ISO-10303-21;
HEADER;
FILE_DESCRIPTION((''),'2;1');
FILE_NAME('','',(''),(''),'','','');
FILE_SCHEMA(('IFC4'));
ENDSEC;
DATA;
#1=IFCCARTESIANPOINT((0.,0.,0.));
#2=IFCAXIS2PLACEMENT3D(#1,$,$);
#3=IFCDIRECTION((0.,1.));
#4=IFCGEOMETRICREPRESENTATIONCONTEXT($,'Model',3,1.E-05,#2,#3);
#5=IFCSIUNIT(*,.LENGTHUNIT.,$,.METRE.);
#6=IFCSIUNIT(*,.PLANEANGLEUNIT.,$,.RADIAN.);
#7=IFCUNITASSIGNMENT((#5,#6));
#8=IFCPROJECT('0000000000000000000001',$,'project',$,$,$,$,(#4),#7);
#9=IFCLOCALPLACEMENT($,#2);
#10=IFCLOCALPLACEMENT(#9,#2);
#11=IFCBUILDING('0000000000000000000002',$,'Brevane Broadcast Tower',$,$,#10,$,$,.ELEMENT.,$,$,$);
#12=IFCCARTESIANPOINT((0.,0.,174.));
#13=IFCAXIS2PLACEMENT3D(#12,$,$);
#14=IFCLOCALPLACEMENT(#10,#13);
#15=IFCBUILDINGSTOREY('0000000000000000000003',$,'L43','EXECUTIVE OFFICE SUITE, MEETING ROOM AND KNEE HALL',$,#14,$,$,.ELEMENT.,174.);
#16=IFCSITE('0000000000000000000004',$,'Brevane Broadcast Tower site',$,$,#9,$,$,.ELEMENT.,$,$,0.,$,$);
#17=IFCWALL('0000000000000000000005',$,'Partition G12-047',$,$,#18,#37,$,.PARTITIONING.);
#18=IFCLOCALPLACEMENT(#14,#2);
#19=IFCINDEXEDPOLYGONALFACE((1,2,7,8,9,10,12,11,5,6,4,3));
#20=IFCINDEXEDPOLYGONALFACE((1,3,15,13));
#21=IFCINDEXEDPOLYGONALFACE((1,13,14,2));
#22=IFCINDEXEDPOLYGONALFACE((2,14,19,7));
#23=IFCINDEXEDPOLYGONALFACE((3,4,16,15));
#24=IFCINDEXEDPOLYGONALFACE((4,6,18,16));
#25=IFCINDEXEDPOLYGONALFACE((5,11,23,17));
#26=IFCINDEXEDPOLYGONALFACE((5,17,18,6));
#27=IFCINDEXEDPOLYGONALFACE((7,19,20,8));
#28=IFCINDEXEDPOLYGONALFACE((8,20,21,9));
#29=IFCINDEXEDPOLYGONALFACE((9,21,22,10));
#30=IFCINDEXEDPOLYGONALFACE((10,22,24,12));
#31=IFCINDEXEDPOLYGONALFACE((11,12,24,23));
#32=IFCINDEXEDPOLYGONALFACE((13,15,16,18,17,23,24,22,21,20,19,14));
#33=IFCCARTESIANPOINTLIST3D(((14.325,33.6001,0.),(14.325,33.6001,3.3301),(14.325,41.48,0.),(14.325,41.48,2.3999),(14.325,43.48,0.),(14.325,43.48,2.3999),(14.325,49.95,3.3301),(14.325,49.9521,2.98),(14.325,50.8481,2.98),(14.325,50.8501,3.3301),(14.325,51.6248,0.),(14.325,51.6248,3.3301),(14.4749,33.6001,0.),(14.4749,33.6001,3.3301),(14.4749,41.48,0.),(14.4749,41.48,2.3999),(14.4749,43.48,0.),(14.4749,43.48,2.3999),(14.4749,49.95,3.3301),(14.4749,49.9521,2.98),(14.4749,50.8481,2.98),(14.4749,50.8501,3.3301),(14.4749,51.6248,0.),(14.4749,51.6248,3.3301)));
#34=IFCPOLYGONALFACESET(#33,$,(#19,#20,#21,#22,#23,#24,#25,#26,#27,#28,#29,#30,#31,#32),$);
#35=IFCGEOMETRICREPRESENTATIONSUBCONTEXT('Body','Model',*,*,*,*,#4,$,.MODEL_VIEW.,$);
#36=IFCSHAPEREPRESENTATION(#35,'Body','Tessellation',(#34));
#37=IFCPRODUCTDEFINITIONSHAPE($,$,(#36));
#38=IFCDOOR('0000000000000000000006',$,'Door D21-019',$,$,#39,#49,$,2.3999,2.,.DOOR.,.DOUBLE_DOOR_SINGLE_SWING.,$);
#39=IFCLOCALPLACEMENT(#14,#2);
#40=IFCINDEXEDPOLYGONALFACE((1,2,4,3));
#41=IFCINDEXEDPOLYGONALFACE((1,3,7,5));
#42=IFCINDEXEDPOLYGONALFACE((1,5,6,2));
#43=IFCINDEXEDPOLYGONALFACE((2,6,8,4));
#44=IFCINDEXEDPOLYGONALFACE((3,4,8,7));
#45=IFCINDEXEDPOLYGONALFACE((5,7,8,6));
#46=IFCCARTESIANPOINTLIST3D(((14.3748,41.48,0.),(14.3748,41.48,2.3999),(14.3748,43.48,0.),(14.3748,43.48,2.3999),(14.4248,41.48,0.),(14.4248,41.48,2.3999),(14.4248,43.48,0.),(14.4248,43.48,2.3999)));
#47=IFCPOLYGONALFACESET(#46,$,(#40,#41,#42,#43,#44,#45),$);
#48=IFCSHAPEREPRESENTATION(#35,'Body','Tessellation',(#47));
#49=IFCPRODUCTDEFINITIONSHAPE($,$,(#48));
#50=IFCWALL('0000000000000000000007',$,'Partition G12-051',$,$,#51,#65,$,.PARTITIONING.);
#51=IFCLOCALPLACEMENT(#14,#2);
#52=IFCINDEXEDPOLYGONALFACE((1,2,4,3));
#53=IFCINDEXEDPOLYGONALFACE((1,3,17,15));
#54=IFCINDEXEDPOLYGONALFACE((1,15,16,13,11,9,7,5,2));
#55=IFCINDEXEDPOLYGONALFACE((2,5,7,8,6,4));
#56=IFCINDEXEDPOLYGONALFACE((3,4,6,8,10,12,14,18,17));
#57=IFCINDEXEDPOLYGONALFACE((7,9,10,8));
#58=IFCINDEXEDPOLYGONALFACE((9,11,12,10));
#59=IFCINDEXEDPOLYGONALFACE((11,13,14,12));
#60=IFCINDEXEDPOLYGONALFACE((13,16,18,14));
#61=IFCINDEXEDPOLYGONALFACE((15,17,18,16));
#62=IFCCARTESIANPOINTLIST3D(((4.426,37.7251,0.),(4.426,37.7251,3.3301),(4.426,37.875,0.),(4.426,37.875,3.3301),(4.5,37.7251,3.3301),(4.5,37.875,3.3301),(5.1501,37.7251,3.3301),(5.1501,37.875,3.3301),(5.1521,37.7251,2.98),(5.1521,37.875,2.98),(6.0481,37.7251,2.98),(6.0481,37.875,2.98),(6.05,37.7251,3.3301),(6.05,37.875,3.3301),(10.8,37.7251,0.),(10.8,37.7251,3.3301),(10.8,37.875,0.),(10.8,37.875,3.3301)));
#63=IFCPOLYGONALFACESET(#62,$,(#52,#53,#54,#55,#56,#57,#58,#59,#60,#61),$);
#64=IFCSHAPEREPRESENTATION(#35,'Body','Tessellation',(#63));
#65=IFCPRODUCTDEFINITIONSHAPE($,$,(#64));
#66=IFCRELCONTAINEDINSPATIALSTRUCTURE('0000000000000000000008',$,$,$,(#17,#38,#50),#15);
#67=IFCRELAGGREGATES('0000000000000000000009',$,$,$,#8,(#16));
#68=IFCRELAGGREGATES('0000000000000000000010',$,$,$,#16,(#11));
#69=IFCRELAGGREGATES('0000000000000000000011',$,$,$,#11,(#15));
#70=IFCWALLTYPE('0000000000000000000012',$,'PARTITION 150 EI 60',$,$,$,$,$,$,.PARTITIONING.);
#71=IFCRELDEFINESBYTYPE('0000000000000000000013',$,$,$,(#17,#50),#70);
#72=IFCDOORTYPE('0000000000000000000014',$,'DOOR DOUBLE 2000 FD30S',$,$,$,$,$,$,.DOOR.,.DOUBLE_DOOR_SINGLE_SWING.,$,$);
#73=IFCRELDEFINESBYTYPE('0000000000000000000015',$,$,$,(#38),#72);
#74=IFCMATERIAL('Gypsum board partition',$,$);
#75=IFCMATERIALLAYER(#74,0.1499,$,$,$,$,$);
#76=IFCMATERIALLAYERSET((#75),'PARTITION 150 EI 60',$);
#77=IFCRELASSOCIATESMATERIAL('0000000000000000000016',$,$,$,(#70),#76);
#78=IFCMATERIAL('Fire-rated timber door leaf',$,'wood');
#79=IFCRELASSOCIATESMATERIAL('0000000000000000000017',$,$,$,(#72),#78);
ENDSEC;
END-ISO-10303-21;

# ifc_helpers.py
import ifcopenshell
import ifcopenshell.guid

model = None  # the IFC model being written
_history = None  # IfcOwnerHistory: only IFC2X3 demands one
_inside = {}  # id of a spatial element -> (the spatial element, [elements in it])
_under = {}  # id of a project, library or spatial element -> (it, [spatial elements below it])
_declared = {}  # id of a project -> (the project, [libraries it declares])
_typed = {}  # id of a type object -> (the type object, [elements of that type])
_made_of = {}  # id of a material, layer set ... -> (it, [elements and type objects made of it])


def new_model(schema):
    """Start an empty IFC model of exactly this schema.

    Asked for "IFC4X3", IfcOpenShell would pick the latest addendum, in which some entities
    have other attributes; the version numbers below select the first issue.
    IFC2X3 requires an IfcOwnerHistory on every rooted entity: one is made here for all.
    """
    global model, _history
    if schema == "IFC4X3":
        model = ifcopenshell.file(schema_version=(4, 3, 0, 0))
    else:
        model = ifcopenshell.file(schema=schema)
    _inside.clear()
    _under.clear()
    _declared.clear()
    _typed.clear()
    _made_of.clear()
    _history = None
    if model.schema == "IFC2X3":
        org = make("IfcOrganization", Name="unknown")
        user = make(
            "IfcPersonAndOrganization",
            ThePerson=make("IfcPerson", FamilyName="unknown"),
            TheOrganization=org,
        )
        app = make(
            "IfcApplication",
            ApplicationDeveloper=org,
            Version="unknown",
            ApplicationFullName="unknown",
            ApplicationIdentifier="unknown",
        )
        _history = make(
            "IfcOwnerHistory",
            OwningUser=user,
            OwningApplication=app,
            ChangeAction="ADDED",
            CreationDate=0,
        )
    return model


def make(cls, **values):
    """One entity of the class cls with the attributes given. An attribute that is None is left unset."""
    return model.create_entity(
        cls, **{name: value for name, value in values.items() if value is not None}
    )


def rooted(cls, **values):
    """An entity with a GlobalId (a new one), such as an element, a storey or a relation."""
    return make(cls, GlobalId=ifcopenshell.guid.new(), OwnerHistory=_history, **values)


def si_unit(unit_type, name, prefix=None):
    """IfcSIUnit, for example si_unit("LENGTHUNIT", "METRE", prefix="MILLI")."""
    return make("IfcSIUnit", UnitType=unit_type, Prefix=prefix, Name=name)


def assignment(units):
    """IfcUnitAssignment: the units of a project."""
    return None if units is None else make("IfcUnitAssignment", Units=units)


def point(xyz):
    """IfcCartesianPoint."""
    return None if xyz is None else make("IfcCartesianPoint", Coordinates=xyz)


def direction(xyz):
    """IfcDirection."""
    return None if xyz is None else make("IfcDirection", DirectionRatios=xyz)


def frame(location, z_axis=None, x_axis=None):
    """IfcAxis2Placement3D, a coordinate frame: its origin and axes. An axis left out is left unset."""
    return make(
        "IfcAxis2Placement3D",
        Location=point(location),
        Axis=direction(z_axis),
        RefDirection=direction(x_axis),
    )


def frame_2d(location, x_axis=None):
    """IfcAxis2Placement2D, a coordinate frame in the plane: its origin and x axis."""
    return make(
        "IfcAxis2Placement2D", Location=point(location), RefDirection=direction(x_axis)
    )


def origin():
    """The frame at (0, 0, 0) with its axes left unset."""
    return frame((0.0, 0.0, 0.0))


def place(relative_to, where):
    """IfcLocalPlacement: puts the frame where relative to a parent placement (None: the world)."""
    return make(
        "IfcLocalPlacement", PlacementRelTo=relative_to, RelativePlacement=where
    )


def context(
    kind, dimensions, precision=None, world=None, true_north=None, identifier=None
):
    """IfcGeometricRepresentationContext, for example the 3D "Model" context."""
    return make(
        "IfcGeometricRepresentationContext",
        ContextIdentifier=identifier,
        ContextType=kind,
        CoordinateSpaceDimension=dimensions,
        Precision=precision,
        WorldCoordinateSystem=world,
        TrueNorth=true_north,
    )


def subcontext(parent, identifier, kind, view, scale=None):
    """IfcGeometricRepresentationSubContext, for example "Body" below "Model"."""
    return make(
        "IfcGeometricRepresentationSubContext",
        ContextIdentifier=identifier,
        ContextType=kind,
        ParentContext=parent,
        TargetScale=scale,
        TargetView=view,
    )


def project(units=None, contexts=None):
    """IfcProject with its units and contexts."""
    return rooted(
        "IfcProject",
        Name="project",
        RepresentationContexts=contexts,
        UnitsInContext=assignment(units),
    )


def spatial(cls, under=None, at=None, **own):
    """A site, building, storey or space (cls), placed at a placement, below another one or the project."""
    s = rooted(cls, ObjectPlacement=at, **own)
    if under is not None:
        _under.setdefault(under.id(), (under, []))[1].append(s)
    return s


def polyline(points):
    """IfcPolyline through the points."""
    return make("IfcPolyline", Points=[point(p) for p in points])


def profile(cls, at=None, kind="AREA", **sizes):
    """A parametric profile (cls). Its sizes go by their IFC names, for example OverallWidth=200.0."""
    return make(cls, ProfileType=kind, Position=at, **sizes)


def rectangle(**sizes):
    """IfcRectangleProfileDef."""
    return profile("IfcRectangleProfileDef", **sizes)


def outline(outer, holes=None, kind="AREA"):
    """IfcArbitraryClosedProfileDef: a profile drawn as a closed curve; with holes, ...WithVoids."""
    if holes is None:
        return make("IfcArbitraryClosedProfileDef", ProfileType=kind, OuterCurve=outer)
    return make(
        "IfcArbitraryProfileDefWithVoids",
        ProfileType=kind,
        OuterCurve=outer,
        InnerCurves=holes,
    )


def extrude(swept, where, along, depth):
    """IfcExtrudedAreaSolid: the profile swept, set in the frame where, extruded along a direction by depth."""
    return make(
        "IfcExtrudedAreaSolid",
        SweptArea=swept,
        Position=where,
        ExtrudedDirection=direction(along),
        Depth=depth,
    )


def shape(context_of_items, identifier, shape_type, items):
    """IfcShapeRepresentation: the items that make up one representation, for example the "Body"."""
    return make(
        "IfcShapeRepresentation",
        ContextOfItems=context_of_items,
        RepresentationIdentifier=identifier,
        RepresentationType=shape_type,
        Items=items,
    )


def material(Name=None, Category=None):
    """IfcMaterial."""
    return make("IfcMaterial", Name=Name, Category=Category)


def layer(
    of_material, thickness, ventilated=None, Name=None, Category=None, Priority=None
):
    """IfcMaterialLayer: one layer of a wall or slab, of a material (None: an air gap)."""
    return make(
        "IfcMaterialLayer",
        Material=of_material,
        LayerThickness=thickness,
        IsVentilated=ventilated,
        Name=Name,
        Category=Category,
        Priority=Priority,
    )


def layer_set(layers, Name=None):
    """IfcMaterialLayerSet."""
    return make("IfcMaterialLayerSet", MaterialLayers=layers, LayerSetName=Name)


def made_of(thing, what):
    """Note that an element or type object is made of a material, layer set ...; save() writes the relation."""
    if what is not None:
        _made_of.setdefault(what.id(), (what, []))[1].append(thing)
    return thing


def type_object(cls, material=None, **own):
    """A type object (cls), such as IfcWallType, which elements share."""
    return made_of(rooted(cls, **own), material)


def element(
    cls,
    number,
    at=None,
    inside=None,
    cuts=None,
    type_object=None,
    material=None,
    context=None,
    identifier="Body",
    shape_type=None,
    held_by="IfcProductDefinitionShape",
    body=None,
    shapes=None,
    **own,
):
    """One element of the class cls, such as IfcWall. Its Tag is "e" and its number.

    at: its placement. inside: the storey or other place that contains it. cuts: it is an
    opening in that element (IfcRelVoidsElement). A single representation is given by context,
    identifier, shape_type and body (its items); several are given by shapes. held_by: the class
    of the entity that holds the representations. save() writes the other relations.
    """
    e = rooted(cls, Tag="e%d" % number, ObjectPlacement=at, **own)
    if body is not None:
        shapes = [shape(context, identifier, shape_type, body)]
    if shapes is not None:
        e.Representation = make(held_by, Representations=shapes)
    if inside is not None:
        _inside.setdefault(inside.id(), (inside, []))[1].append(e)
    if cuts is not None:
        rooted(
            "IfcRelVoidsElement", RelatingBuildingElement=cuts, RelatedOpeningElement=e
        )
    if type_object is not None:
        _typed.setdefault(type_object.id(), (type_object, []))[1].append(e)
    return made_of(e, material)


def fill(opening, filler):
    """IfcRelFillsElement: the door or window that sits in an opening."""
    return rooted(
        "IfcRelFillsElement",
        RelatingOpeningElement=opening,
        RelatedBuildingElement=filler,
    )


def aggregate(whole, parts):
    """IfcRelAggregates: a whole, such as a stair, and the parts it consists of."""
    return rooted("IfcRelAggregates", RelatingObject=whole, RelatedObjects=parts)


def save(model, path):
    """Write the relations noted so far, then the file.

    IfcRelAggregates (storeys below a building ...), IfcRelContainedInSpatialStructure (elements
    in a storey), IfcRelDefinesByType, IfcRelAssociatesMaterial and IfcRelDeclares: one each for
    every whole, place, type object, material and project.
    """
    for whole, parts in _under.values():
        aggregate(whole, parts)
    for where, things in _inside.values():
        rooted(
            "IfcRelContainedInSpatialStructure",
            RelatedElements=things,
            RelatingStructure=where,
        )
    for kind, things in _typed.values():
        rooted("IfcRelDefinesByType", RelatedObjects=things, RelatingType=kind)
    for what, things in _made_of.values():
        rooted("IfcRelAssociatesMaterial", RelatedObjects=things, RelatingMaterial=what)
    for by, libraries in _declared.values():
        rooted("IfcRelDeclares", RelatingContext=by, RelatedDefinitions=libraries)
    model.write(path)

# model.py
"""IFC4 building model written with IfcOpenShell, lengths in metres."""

from ifc_helpers import new_model, si_unit, direction, frame, frame_2d, origin, place, context, subcontext, project, spatial, polyline, rectangle, outline, extrude, material, layer, layer_set, type_object, element, fill, save


model = new_model("IFC4")

# Units and contexts
model_context = context("Model", 3, precision=1e-05, world=origin(), true_north=direction((0.0, 1.0)))
body_context = subcontext(model_context, "Body", "Model", "MODEL_VIEW")
ifc_project = project(units=[si_unit("LENGTHUNIT", "METRE"), si_unit("PLANEANGLEUNIT", "RADIAN")], contexts=[model_context])

# Site, building, storey
site_placement = place(None, origin())
site = spatial("IfcSite", under=ifc_project, at=site_placement, Name="Brevane Broadcast Tower site", CompositionType="ELEMENT", RefElevation=0.0)
building_placement = place(site_placement, origin())
building = spatial("IfcBuilding", under=site, at=building_placement, Name="Brevane Broadcast Tower", CompositionType="ELEMENT")
storey_placement = place(building_placement, frame((0.0, 0.0, 174.0)))
storey = spatial("IfcBuildingStorey", under=building, at=storey_placement, Name="L43", Description="EXECUTIVE OFFICE SUITE, MEETING ROOM AND KNEE HALL", CompositionType="ELEMENT", Elevation=174.0)

# Shared definitions
ifc_material_1 = material(Name="Gypsum board partition")
ifc_layer_1 = layer(ifc_material_1, 0.1499)
ifc_layer_set_1 = layer_set([ifc_layer_1], Name="PARTITION 150 EI 60")
wall_type_1 = type_object("IfcWallType", Name="PARTITION 150 EI 60", PredefinedType="PARTITIONING", material=ifc_layer_set_1)
ifc_material_2 = material(Name="Fire-rated timber door leaf", Category="wood")

# Wall, opening, door
wall_1_placement = place(storey_placement, frame((14.3999, 51.6248, 0.0), z_axis=(0.0, 0.0, 1.0), x_axis=(0.0, -1.0, 0.0)))
wall_1 = element("IfcWall", 1, at=wall_1_placement, inside=storey, type_object=wall_type_1, Name="Partition G12-047", PredefinedType="PARTITIONING", context=body_context, shape_type="SweptSolid", body=[
    extrude(outline(polyline([(0.0, 0.0), (18.0247, 0.0), (18.0247, 3.3301), (1.6748, 3.3301), (1.6726, 2.98), (0.7766, 2.98), (0.7747, 3.3301), (0.1448, 3.3301), (0.0, 3.3301), (0.0, 0.0)])), frame((0.0, 0.075, 0.0), z_axis=(0.0, -1.0, 0.0), x_axis=(1.0, 0.0, 0.0)), (0.0, 0.0, 1.0), 0.1499),
])
opening_1_placement = place(wall_1_placement, frame((8.1448, 0.0, 0.0)))
opening_1 = element("IfcOpeningElement", 2, at=opening_1_placement, cuts=wall_1, PredefinedType="OPENING", context=body_context, shape_type="SweptSolid", body=[
    extrude(rectangle(XDim=2.0, YDim=2.3999, at=frame_2d((1.0, 1.2))), frame((0.0, 0.085, 0.0), z_axis=(0.0, -1.0, 0.0), x_axis=(1.0, 0.0, 0.0)), (0.0, 0.0, 1.0), 0.1699),
])
door_type_1 = type_object("IfcDoorType", Name="DOOR DOUBLE 2000 FD30S", OperationType="DOUBLE_DOOR_SINGLE_SWING", PredefinedType="DOOR", material=ifc_material_2)
door_1_placement = place(opening_1_placement, origin())
door_1 = element("IfcDoor", 3, at=door_1_placement, inside=storey, type_object=door_type_1, Name="Door D21-019", OperationType="DOUBLE_DOOR_SINGLE_SWING", OverallHeight=2.3999, OverallWidth=2.0, PredefinedType="DOOR", context=body_context, shape_type="SweptSolid", body=[
    extrude(rectangle(XDim=2.0, YDim=2.3999, at=frame_2d((1.0, 1.2))), frame((0.0, 0.0249, 0.0), z_axis=(0.0, -1.0, 0.0), x_axis=(1.0, 0.0, 0.0)), (0.0, 0.0, 1.0), 0.05),
])
fill(opening_1, door_1)

# Wall
wall_2_placement = place(storey_placement, frame((4.426, 37.8, 0.0), z_axis=(0.0, 0.0, 1.0), x_axis=(1.0, 0.0, 0.0)))
element("IfcWall", 4, at=wall_2_placement, inside=storey, type_object=wall_type_1, Name="Partition G12-051", PredefinedType="PARTITIONING", context=body_context, shape_type="SweptSolid", body=[
    extrude(outline(polyline([(0.0, 0.0), (6.374, 0.0), (6.374, 3.3301), (1.624, 3.3301), (1.6221, 2.98), (0.7261, 2.98), (0.7241, 3.3301), (0.074, 3.3301), (0.0, 3.3301), (0.0, 0.0)])), frame((0.0, 0.075, 0.0), z_axis=(0.0, -1.0, 0.0), x_axis=(1.0, 0.0, 0.0)), (0.0, 0.0, 1.0), 0.1499),
])

save(model, "model.ifc")
